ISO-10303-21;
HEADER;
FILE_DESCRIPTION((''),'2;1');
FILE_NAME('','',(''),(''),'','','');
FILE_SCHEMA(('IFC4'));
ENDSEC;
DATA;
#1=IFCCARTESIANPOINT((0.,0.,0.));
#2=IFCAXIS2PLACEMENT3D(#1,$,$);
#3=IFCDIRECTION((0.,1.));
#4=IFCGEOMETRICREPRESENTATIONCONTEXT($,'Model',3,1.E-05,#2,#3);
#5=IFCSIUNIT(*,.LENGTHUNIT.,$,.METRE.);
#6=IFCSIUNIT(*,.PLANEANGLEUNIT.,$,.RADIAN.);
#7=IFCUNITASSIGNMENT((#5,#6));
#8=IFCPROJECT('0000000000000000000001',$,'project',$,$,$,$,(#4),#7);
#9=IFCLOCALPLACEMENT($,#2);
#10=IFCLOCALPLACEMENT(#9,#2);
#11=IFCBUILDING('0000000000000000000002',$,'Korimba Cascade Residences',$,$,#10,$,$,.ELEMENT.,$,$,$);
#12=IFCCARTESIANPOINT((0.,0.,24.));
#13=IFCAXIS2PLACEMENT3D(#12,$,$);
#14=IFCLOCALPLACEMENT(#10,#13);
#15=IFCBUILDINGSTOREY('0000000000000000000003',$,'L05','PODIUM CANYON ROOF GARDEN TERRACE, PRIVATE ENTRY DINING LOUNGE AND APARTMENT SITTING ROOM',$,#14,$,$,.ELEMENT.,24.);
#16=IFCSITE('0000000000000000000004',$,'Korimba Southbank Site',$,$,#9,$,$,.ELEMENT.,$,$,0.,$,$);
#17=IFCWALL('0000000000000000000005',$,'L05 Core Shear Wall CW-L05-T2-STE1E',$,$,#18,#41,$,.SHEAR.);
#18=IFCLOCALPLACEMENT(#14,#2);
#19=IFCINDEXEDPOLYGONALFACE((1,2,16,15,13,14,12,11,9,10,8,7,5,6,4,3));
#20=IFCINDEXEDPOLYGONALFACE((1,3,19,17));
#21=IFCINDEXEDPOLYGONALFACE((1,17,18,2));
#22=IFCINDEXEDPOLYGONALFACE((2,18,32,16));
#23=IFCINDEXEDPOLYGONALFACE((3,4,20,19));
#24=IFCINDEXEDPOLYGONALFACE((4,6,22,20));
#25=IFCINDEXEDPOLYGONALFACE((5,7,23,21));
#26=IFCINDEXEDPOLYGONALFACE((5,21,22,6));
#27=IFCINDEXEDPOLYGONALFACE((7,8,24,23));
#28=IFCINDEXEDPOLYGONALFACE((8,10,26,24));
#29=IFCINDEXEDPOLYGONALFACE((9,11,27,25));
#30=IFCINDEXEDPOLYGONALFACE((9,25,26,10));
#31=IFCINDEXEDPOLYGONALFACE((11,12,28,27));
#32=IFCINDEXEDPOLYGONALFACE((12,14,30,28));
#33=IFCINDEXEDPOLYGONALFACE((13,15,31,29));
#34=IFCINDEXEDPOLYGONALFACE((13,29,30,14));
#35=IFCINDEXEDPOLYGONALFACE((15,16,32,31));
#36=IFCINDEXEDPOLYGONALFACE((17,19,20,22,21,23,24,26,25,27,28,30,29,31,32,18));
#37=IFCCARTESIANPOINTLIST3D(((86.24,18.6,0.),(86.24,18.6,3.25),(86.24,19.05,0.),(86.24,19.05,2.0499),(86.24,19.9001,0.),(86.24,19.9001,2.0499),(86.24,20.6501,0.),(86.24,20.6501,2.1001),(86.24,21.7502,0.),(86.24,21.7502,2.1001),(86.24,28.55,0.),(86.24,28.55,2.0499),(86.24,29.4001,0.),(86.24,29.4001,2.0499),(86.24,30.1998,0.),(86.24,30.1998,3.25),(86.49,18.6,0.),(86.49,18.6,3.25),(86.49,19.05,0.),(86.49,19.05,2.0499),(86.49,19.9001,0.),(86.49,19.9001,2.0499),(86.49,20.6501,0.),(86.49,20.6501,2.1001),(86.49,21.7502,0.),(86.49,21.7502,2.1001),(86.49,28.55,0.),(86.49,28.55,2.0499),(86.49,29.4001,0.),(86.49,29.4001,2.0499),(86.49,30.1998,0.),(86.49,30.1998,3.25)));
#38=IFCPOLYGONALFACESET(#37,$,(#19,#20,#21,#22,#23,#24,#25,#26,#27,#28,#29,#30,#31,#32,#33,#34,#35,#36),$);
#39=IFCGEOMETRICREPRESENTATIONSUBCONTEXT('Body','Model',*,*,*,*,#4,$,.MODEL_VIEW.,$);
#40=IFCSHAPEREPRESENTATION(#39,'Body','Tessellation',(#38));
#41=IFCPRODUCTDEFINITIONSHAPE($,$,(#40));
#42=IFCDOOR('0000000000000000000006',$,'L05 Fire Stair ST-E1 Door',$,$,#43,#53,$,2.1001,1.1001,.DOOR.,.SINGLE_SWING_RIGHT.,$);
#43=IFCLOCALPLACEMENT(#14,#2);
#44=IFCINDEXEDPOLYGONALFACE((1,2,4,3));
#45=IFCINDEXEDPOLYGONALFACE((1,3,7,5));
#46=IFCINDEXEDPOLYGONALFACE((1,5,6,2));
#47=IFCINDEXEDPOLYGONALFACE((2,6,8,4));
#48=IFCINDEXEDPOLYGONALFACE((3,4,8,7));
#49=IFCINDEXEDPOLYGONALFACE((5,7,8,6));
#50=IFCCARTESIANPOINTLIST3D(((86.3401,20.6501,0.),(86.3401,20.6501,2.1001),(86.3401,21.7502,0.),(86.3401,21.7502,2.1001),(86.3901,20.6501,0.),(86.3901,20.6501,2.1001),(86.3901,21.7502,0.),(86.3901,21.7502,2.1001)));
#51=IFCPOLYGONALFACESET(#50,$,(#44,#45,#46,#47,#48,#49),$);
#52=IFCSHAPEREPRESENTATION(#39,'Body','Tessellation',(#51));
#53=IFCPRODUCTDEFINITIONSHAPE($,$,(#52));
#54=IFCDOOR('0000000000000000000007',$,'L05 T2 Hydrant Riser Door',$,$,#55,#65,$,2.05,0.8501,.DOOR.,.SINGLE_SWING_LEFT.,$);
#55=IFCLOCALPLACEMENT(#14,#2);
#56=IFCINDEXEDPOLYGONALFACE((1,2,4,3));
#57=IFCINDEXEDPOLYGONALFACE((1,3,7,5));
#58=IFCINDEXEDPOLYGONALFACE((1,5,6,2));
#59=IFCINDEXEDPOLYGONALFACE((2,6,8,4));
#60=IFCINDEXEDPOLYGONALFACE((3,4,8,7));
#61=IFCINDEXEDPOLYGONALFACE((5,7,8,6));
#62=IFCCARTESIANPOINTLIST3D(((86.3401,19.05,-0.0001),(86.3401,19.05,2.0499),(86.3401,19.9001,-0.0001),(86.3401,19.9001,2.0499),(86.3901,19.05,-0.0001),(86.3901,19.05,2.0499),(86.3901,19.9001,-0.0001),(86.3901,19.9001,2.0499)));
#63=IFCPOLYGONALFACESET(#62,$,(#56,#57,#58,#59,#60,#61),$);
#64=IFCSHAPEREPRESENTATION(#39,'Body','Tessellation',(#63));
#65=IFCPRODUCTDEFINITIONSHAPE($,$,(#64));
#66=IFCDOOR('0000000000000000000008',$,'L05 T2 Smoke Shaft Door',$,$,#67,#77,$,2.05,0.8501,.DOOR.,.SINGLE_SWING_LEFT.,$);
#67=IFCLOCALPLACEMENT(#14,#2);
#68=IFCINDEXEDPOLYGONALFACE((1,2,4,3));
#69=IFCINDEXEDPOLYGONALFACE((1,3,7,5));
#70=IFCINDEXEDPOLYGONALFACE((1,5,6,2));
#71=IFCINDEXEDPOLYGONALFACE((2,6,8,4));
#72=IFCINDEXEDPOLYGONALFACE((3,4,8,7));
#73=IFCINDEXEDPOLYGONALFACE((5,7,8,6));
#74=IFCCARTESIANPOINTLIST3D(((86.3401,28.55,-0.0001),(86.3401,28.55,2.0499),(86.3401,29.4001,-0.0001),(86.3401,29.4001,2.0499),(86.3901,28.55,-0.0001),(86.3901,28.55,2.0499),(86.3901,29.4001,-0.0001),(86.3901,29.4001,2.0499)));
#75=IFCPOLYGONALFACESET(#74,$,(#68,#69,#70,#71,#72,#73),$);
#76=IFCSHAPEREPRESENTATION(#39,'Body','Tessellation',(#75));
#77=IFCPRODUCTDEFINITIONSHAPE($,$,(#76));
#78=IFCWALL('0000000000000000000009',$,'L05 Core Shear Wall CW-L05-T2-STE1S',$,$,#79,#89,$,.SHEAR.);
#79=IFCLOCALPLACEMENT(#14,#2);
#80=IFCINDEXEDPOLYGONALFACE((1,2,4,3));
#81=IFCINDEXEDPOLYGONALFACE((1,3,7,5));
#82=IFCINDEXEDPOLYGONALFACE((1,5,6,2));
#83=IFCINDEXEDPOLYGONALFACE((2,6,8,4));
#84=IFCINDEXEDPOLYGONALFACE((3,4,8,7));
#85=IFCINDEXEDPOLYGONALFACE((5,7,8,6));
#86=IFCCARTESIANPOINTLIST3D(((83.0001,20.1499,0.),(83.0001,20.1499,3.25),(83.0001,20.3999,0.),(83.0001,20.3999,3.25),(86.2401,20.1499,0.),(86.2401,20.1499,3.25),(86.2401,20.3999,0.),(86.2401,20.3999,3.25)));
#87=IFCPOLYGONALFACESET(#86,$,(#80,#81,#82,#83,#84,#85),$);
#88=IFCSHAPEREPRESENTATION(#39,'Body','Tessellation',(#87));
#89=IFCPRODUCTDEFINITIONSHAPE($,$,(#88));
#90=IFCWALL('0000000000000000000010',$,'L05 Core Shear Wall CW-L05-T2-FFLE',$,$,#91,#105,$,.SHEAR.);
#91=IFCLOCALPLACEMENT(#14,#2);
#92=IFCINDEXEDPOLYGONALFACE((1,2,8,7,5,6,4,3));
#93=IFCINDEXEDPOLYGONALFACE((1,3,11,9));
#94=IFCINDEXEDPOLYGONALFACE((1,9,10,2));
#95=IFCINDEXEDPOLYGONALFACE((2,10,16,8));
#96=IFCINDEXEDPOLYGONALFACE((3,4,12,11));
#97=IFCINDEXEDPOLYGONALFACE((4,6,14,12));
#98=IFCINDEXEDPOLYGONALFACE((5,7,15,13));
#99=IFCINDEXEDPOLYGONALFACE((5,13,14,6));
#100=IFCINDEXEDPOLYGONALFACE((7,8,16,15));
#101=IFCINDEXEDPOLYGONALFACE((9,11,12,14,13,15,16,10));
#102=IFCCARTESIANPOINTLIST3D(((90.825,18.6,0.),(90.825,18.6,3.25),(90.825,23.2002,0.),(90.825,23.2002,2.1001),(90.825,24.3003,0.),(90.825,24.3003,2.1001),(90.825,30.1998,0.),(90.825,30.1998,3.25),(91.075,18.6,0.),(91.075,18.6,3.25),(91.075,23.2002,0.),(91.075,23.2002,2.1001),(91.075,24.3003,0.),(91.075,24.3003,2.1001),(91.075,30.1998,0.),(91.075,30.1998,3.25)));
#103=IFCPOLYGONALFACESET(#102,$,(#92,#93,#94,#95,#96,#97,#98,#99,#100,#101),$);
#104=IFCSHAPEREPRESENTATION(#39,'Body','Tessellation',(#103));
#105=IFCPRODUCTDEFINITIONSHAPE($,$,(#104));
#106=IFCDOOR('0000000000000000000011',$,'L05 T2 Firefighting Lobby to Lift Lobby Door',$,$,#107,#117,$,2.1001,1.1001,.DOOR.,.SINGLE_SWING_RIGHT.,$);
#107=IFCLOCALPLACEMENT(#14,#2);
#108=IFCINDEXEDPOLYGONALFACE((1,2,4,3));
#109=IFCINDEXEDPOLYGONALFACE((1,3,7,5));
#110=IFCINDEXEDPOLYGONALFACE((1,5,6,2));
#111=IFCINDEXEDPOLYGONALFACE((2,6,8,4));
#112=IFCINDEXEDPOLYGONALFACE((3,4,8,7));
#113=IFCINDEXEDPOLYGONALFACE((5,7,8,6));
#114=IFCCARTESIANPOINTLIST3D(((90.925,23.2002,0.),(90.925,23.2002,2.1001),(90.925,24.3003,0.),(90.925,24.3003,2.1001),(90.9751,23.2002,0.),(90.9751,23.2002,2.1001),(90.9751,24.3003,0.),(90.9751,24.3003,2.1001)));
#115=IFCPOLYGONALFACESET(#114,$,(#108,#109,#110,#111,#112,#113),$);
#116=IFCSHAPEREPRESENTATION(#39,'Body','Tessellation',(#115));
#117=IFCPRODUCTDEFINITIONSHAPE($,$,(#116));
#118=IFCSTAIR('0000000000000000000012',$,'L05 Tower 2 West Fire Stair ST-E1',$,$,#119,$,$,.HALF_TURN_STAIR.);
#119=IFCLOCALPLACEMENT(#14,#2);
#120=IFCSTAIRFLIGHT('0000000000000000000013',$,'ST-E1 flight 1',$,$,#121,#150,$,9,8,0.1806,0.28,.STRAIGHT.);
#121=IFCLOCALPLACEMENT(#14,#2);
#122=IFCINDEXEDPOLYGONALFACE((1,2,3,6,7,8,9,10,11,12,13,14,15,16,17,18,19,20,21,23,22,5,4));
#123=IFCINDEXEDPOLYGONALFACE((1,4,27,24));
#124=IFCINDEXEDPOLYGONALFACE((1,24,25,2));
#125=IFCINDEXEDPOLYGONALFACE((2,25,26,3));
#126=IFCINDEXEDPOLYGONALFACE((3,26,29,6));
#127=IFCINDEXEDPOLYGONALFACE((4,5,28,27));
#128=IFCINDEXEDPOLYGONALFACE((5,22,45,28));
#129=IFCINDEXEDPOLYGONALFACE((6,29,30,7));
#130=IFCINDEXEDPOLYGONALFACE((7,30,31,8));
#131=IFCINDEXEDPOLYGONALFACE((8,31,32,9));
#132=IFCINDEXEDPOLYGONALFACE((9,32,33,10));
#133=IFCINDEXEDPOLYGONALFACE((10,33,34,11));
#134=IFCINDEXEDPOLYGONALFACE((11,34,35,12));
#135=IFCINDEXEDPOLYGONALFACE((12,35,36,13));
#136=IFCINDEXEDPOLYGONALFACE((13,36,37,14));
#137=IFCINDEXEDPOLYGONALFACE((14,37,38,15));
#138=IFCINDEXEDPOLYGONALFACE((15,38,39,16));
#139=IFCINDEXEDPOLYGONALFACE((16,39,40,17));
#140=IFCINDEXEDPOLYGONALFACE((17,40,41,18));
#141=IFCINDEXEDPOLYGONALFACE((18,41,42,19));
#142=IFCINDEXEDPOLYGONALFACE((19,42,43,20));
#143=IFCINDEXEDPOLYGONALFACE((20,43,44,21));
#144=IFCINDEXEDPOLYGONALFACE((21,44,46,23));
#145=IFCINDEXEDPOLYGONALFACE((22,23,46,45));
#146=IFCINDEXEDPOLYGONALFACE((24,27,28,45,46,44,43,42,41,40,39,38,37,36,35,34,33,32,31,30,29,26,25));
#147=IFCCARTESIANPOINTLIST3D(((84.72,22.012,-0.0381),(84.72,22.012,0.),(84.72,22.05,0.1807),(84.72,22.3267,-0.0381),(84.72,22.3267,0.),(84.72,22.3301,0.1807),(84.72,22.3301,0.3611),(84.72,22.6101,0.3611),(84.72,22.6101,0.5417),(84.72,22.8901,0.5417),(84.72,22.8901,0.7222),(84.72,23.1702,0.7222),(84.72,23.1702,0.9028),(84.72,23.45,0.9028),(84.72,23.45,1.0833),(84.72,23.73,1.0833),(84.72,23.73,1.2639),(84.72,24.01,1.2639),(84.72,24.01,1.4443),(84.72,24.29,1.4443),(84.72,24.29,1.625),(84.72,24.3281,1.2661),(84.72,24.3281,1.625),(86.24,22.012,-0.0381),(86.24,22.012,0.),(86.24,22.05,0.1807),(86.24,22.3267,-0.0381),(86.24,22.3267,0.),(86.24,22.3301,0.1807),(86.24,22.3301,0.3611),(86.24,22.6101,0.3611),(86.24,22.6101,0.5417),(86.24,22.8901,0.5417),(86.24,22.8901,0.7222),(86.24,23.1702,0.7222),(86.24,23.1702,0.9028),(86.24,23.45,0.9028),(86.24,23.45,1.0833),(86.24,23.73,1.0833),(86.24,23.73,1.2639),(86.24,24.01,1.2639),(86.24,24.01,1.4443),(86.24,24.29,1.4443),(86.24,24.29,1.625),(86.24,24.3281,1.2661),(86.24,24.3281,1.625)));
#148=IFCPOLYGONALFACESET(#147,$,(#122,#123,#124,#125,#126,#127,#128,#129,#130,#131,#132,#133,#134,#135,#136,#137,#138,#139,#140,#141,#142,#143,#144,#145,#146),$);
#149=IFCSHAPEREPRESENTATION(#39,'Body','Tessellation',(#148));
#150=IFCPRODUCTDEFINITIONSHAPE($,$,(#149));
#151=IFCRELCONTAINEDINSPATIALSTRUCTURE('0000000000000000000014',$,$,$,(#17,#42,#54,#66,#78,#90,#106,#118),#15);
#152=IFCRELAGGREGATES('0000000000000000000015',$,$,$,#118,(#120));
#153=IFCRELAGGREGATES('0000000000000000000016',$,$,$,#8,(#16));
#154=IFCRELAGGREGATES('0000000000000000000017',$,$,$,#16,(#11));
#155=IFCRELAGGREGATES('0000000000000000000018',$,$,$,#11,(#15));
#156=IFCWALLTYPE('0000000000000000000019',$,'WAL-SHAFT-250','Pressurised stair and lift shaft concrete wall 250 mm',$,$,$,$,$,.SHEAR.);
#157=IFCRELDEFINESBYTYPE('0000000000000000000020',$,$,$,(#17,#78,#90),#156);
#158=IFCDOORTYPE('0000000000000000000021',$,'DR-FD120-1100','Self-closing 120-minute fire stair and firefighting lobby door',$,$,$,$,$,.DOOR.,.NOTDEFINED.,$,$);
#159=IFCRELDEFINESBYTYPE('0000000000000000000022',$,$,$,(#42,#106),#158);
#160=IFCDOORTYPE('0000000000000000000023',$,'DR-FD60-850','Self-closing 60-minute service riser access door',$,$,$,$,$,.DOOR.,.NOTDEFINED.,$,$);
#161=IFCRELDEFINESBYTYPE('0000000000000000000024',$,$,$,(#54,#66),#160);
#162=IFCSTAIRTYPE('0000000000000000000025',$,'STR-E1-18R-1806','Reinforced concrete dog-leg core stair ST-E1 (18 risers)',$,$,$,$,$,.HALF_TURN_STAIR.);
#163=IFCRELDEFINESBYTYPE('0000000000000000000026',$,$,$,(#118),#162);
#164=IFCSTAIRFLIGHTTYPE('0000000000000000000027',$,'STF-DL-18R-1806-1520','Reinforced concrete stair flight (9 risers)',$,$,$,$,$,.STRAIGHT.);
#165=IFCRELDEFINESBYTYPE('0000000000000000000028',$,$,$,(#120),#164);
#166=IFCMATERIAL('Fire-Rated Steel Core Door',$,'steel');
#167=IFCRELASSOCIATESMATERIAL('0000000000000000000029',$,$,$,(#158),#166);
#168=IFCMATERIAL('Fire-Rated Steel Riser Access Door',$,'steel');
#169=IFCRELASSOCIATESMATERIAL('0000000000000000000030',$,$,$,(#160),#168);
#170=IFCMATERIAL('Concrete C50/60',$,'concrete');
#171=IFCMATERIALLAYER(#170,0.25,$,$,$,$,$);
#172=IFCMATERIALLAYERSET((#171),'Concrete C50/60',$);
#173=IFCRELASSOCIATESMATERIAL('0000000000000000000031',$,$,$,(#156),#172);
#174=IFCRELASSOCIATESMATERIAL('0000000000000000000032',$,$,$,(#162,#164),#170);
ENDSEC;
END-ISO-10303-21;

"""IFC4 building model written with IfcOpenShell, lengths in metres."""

from ifc_helpers import new_model, si_unit, direction, frame, frame_2d, origin, place, context, subcontext, project, spatial, polyline, rectangle, outline, extrude, material, layer, layer_set, type_object, element, fill, aggregate, save


model = new_model("IFC4")

# Units and contexts
model_context = context("Model", 3, precision=1e-05, world=origin(), true_north=direction((0.0, 1.0)))
body_context = subcontext(model_context, "Body", "Model", "MODEL_VIEW")
ifc_project = project(units=[si_unit("LENGTHUNIT", "METRE"), si_unit("PLANEANGLEUNIT", "RADIAN")], contexts=[model_context])

# Site, building, storey
site_placement = place(None, origin())
site = spatial("IfcSite", under=ifc_project, at=site_placement, Name="Korimba Southbank Site", CompositionType="ELEMENT", RefElevation=0.0)
building_placement = place(site_placement, origin())
building = spatial("IfcBuilding", under=site, at=building_placement, Name="Korimba Cascade Residences", CompositionType="ELEMENT")
storey_placement = place(building_placement, frame((0.0, 0.0, 24.0)))
storey = spatial("IfcBuildingStorey", under=building, at=storey_placement, Name="L05", Description="PODIUM CANYON ROOF GARDEN TERRACE, PRIVATE ENTRY DINING LOUNGE AND APARTMENT SITTING ROOM", CompositionType="ELEMENT", Elevation=24.0)

# Shared definitions
ifc_material_1 = material(Name="Concrete C50/60", Category="concrete")

# Shared definitions
ifc_material_2 = material(Name="Fire-Rated Steel Core Door", Category="steel")
door_type_1 = type_object("IfcDoorType", Name="DR-FD120-1100", Description="Self-closing 120-minute fire stair and firefighting lobby door", OperationType="NOTDEFINED", PredefinedType="DOOR", material=ifc_material_2)

# Shared definitions
ifc_material_3 = material(Name="Fire-Rated Steel Riser Access Door", Category="steel")
door_type_2 = type_object("IfcDoorType", Name="DR-FD60-850", Description="Self-closing 60-minute service riser access door", OperationType="NOTDEFINED", PredefinedType="DOOR", material=ifc_material_3)

# Shared definitions
ifc_layer_1 = layer(ifc_material_1, 0.25)
ifc_layer_set_1 = layer_set([ifc_layer_1], Name="Concrete C50/60")
wall_type_1 = type_object("IfcWallType", Name="WAL-SHAFT-250", Description="Pressurised stair and lift shaft concrete wall 250 mm", PredefinedType="SHEAR", material=ifc_layer_set_1)

# Wall, openings, doors
wall_1_placement = place(storey_placement, frame((86.365, 18.6001, 0.0), z_axis=(0.0, 0.0, 1.0), x_axis=(0.0, 1.0, 0.0)))
wall_1 = element("IfcWall", 1, at=wall_1_placement, inside=storey, type_object=wall_type_1, Name="L05 Core Shear Wall CW-L05-T2-STE1E", PredefinedType="SHEAR", context=body_context, shape_type="SweptSolid", body=[
    extrude(rectangle(XDim=11.5999, YDim=0.25, at=frame_2d((5.7998, 0.0))), origin(), (0.0, 0.0, 1.0), 3.25),
])
opening_1_placement = place(wall_1_placement, frame((0.45, 0.0, 0.0)))
opening_1 = element("IfcOpeningElement", 2, at=opening_1_placement, cuts=wall_1, PredefinedType="OPENING", context=body_context, shape_type="SweptSolid", body=[
    extrude(rectangle(XDim=0.8501, YDim=2.05, at=frame_2d((0.425, 1.0249))), frame((0.0, 0.135, 0.0), z_axis=(0.0, -1.0, 0.0), x_axis=(1.0, 0.0, 0.0)), (0.0, 0.0, 1.0), 0.27),
])
opening_2_placement = place(wall_1_placement, frame((2.05, 0.0, 0.0)))
opening_2 = element("IfcOpeningElement", 3, at=opening_2_placement, cuts=wall_1, PredefinedType="OPENING", context=body_context, shape_type="SweptSolid", body=[
    extrude(rectangle(XDim=1.1001, YDim=2.1001, at=frame_2d((0.55, 1.05))), frame((0.0, 0.135, 0.0), z_axis=(0.0, -1.0, 0.0), x_axis=(1.0, 0.0, 0.0)), (0.0, 0.0, 1.0), 0.27),
])
opening_3_placement = place(wall_1_placement, frame((9.95, 0.0, 0.0)))
opening_3 = element("IfcOpeningElement", 4, at=opening_3_placement, cuts=wall_1, PredefinedType="OPENING", context=body_context, shape_type="SweptSolid", body=[
    extrude(rectangle(XDim=0.8501, YDim=2.05, at=frame_2d((0.425, 1.0249))), frame((0.0, 0.135, 0.0), z_axis=(0.0, -1.0, 0.0), x_axis=(1.0, 0.0, 0.0)), (0.0, 0.0, 1.0), 0.27),
])
door_1_placement = place(opening_2_placement, origin())
door_1 = element("IfcDoor", 5, at=door_1_placement, inside=storey, type_object=door_type_1, Name="L05 Fire Stair ST-E1 Door", OperationType="SINGLE_SWING_RIGHT", OverallHeight=2.1001, OverallWidth=1.1001, PredefinedType="DOOR", context=body_context, shape_type="SweptSolid", body=[
    extrude(rectangle(XDim=1.1001, YDim=2.1001, at=frame_2d((0.55, 1.05))), frame((0.0, 0.0249, 0.0), z_axis=(0.0, -1.0, 0.0), x_axis=(1.0, 0.0, 0.0)), (0.0, 0.0, 1.0), 0.05),
])
fill(opening_2, door_1)
door_2_placement = place(opening_1_placement, origin())
door_2 = element("IfcDoor", 6, at=door_2_placement, inside=storey, type_object=door_type_2, Name="L05 T2 Hydrant Riser Door", OperationType="SINGLE_SWING_LEFT", OverallHeight=2.05, OverallWidth=0.8501, PredefinedType="DOOR", context=body_context, shape_type="SweptSolid", body=[
    extrude(rectangle(XDim=0.8501, YDim=2.05, at=frame_2d((0.425, 1.0249))), frame((0.0, 0.0249, 0.0), z_axis=(0.0, -1.0, 0.0), x_axis=(1.0, 0.0, 0.0)), (0.0, 0.0, 1.0), 0.05),
])
fill(opening_1, door_2)
door_3_placement = place(opening_3_placement, origin())
door_3 = element("IfcDoor", 7, at=door_3_placement, inside=storey, type_object=door_type_2, Name="L05 T2 Smoke Shaft Door", OperationType="SINGLE_SWING_LEFT", OverallHeight=2.05, OverallWidth=0.8501, PredefinedType="DOOR", context=body_context, shape_type="SweptSolid", body=[
    extrude(rectangle(XDim=0.8501, YDim=2.05, at=frame_2d((0.425, 1.0249))), frame((0.0, 0.0249, 0.0), z_axis=(0.0, -1.0, 0.0), x_axis=(1.0, 0.0, 0.0)), (0.0, 0.0, 1.0), 0.05),
])
fill(opening_3, door_3)

# Wall
wall_2_placement = place(storey_placement, frame((83.0, 20.2749, 0.0), z_axis=(0.0, 0.0, 1.0), x_axis=(1.0, 0.0, 0.0)))
element("IfcWall", 8, at=wall_2_placement, inside=storey, type_object=wall_type_1, Name="L05 Core Shear Wall CW-L05-T2-STE1S", PredefinedType="SHEAR", context=body_context, shape_type="SweptSolid", body=[
    extrude(rectangle(XDim=3.24, YDim=0.25, at=frame_2d((1.6201, 0.0))), origin(), (0.0, 0.0, 1.0), 3.25),
])

# Wall, opening, door
wall_3_placement = place(storey_placement, frame((90.95, 18.6001, 0.0), z_axis=(0.0, 0.0, 1.0), x_axis=(0.0, 1.0, 0.0)))
wall_3 = element("IfcWall", 9, at=wall_3_placement, inside=storey, type_object=wall_type_1, Name="L05 Core Shear Wall CW-L05-T2-FFLE", PredefinedType="SHEAR", context=body_context, shape_type="SweptSolid", body=[
    extrude(rectangle(XDim=11.5999, YDim=0.25, at=frame_2d((5.7998, 0.0))), origin(), (0.0, 0.0, 1.0), 3.25),
])
opening_4_placement = place(wall_3_placement, frame((4.6001, 0.0, 0.0)))
opening_4 = element("IfcOpeningElement", 10, at=opening_4_placement, cuts=wall_3, PredefinedType="OPENING", context=body_context, shape_type="SweptSolid", body=[
    extrude(rectangle(XDim=1.1001, YDim=2.1001, at=frame_2d((0.55, 1.05))), frame((0.0, 0.135, 0.0), z_axis=(0.0, -1.0, 0.0), x_axis=(1.0, 0.0, 0.0)), (0.0, 0.0, 1.0), 0.27),
])
door_4_placement = place(opening_4_placement, origin())
door_4 = element("IfcDoor", 11, at=door_4_placement, inside=storey, type_object=door_type_1, Name="L05 T2 Firefighting Lobby to Lift Lobby Door", OperationType="SINGLE_SWING_RIGHT", OverallHeight=2.1001, OverallWidth=1.1001, PredefinedType="DOOR", context=body_context, shape_type="SweptSolid", body=[
    extrude(rectangle(XDim=1.1001, YDim=2.1001, at=frame_2d((0.55, 1.05))), frame((0.0, 0.0249, 0.0), z_axis=(0.0, -1.0, 0.0), x_axis=(1.0, 0.0, 0.0)), (0.0, 0.0, 1.0), 0.05),
])
fill(opening_4, door_4)

# Stair, stair flight
stair_type = type_object("IfcStairType", Name="STR-E1-18R-1806", Description="Reinforced concrete dog-leg core stair ST-E1 (18 risers)", PredefinedType="HALF_TURN_STAIR", material=ifc_material_1)
stair_placement = place(storey_placement, origin())
stair = element("IfcStair", 12, at=stair_placement, inside=storey, type_object=stair_type, Name="L05 Tower 2 West Fire Stair ST-E1", PredefinedType="HALF_TURN_STAIR")
stair_flight_type = type_object("IfcStairFlightType", Name="STF-DL-18R-1806-1520", Description="Reinforced concrete stair flight (9 risers)", PredefinedType="STRAIGHT", material=ifc_material_1)
stair_flight_placement = place(storey_placement, frame((85.48, 22.05, 0.0), z_axis=(0.0, 0.0, 1.0), x_axis=(0.0, 1.0, 0.0)))
stair_flight = element("IfcStairFlight", 13, at=stair_flight_placement, type_object=stair_flight_type, Name="ST-E1 flight 1", NumberOfRisers=9, NumberOfTreads=8, PredefinedType="STRAIGHT", RiserHeight=0.1806, TreadLength=0.28, context=body_context, shape_type="SweptSolid", body=[
    extrude(outline(polyline([(-0.0381, 0.0), (0.0, 0.1807), (0.28, 0.1807), (0.28, 0.3611), (0.5601, 0.3611), (0.5601, 0.5417), (0.8401, 0.5417), (0.8401, 0.7222), (1.1201, 0.7222), (1.1201, 0.9028), (1.3999, 0.9028), (1.3999, 1.0833), (1.6799, 1.0833), (1.6799, 1.2639), (1.96, 1.2639), (1.96, 1.4443), (2.24, 1.4443), (2.24, 1.625), (2.2781, 1.625), (2.2781, 1.2661), (0.2766, 0.0), (0.2766, -0.0381), (-0.0381, -0.0381), (-0.0381, 0.0)])), frame((0.0, 0.76, 0.0), z_axis=(0.0, -1.0, 0.0), x_axis=(1.0, 0.0, 0.0)), (0.0, 0.0, 1.0), 1.52),
])
aggregate(stair, [stair_flight])

save(model, "model.ifc")
